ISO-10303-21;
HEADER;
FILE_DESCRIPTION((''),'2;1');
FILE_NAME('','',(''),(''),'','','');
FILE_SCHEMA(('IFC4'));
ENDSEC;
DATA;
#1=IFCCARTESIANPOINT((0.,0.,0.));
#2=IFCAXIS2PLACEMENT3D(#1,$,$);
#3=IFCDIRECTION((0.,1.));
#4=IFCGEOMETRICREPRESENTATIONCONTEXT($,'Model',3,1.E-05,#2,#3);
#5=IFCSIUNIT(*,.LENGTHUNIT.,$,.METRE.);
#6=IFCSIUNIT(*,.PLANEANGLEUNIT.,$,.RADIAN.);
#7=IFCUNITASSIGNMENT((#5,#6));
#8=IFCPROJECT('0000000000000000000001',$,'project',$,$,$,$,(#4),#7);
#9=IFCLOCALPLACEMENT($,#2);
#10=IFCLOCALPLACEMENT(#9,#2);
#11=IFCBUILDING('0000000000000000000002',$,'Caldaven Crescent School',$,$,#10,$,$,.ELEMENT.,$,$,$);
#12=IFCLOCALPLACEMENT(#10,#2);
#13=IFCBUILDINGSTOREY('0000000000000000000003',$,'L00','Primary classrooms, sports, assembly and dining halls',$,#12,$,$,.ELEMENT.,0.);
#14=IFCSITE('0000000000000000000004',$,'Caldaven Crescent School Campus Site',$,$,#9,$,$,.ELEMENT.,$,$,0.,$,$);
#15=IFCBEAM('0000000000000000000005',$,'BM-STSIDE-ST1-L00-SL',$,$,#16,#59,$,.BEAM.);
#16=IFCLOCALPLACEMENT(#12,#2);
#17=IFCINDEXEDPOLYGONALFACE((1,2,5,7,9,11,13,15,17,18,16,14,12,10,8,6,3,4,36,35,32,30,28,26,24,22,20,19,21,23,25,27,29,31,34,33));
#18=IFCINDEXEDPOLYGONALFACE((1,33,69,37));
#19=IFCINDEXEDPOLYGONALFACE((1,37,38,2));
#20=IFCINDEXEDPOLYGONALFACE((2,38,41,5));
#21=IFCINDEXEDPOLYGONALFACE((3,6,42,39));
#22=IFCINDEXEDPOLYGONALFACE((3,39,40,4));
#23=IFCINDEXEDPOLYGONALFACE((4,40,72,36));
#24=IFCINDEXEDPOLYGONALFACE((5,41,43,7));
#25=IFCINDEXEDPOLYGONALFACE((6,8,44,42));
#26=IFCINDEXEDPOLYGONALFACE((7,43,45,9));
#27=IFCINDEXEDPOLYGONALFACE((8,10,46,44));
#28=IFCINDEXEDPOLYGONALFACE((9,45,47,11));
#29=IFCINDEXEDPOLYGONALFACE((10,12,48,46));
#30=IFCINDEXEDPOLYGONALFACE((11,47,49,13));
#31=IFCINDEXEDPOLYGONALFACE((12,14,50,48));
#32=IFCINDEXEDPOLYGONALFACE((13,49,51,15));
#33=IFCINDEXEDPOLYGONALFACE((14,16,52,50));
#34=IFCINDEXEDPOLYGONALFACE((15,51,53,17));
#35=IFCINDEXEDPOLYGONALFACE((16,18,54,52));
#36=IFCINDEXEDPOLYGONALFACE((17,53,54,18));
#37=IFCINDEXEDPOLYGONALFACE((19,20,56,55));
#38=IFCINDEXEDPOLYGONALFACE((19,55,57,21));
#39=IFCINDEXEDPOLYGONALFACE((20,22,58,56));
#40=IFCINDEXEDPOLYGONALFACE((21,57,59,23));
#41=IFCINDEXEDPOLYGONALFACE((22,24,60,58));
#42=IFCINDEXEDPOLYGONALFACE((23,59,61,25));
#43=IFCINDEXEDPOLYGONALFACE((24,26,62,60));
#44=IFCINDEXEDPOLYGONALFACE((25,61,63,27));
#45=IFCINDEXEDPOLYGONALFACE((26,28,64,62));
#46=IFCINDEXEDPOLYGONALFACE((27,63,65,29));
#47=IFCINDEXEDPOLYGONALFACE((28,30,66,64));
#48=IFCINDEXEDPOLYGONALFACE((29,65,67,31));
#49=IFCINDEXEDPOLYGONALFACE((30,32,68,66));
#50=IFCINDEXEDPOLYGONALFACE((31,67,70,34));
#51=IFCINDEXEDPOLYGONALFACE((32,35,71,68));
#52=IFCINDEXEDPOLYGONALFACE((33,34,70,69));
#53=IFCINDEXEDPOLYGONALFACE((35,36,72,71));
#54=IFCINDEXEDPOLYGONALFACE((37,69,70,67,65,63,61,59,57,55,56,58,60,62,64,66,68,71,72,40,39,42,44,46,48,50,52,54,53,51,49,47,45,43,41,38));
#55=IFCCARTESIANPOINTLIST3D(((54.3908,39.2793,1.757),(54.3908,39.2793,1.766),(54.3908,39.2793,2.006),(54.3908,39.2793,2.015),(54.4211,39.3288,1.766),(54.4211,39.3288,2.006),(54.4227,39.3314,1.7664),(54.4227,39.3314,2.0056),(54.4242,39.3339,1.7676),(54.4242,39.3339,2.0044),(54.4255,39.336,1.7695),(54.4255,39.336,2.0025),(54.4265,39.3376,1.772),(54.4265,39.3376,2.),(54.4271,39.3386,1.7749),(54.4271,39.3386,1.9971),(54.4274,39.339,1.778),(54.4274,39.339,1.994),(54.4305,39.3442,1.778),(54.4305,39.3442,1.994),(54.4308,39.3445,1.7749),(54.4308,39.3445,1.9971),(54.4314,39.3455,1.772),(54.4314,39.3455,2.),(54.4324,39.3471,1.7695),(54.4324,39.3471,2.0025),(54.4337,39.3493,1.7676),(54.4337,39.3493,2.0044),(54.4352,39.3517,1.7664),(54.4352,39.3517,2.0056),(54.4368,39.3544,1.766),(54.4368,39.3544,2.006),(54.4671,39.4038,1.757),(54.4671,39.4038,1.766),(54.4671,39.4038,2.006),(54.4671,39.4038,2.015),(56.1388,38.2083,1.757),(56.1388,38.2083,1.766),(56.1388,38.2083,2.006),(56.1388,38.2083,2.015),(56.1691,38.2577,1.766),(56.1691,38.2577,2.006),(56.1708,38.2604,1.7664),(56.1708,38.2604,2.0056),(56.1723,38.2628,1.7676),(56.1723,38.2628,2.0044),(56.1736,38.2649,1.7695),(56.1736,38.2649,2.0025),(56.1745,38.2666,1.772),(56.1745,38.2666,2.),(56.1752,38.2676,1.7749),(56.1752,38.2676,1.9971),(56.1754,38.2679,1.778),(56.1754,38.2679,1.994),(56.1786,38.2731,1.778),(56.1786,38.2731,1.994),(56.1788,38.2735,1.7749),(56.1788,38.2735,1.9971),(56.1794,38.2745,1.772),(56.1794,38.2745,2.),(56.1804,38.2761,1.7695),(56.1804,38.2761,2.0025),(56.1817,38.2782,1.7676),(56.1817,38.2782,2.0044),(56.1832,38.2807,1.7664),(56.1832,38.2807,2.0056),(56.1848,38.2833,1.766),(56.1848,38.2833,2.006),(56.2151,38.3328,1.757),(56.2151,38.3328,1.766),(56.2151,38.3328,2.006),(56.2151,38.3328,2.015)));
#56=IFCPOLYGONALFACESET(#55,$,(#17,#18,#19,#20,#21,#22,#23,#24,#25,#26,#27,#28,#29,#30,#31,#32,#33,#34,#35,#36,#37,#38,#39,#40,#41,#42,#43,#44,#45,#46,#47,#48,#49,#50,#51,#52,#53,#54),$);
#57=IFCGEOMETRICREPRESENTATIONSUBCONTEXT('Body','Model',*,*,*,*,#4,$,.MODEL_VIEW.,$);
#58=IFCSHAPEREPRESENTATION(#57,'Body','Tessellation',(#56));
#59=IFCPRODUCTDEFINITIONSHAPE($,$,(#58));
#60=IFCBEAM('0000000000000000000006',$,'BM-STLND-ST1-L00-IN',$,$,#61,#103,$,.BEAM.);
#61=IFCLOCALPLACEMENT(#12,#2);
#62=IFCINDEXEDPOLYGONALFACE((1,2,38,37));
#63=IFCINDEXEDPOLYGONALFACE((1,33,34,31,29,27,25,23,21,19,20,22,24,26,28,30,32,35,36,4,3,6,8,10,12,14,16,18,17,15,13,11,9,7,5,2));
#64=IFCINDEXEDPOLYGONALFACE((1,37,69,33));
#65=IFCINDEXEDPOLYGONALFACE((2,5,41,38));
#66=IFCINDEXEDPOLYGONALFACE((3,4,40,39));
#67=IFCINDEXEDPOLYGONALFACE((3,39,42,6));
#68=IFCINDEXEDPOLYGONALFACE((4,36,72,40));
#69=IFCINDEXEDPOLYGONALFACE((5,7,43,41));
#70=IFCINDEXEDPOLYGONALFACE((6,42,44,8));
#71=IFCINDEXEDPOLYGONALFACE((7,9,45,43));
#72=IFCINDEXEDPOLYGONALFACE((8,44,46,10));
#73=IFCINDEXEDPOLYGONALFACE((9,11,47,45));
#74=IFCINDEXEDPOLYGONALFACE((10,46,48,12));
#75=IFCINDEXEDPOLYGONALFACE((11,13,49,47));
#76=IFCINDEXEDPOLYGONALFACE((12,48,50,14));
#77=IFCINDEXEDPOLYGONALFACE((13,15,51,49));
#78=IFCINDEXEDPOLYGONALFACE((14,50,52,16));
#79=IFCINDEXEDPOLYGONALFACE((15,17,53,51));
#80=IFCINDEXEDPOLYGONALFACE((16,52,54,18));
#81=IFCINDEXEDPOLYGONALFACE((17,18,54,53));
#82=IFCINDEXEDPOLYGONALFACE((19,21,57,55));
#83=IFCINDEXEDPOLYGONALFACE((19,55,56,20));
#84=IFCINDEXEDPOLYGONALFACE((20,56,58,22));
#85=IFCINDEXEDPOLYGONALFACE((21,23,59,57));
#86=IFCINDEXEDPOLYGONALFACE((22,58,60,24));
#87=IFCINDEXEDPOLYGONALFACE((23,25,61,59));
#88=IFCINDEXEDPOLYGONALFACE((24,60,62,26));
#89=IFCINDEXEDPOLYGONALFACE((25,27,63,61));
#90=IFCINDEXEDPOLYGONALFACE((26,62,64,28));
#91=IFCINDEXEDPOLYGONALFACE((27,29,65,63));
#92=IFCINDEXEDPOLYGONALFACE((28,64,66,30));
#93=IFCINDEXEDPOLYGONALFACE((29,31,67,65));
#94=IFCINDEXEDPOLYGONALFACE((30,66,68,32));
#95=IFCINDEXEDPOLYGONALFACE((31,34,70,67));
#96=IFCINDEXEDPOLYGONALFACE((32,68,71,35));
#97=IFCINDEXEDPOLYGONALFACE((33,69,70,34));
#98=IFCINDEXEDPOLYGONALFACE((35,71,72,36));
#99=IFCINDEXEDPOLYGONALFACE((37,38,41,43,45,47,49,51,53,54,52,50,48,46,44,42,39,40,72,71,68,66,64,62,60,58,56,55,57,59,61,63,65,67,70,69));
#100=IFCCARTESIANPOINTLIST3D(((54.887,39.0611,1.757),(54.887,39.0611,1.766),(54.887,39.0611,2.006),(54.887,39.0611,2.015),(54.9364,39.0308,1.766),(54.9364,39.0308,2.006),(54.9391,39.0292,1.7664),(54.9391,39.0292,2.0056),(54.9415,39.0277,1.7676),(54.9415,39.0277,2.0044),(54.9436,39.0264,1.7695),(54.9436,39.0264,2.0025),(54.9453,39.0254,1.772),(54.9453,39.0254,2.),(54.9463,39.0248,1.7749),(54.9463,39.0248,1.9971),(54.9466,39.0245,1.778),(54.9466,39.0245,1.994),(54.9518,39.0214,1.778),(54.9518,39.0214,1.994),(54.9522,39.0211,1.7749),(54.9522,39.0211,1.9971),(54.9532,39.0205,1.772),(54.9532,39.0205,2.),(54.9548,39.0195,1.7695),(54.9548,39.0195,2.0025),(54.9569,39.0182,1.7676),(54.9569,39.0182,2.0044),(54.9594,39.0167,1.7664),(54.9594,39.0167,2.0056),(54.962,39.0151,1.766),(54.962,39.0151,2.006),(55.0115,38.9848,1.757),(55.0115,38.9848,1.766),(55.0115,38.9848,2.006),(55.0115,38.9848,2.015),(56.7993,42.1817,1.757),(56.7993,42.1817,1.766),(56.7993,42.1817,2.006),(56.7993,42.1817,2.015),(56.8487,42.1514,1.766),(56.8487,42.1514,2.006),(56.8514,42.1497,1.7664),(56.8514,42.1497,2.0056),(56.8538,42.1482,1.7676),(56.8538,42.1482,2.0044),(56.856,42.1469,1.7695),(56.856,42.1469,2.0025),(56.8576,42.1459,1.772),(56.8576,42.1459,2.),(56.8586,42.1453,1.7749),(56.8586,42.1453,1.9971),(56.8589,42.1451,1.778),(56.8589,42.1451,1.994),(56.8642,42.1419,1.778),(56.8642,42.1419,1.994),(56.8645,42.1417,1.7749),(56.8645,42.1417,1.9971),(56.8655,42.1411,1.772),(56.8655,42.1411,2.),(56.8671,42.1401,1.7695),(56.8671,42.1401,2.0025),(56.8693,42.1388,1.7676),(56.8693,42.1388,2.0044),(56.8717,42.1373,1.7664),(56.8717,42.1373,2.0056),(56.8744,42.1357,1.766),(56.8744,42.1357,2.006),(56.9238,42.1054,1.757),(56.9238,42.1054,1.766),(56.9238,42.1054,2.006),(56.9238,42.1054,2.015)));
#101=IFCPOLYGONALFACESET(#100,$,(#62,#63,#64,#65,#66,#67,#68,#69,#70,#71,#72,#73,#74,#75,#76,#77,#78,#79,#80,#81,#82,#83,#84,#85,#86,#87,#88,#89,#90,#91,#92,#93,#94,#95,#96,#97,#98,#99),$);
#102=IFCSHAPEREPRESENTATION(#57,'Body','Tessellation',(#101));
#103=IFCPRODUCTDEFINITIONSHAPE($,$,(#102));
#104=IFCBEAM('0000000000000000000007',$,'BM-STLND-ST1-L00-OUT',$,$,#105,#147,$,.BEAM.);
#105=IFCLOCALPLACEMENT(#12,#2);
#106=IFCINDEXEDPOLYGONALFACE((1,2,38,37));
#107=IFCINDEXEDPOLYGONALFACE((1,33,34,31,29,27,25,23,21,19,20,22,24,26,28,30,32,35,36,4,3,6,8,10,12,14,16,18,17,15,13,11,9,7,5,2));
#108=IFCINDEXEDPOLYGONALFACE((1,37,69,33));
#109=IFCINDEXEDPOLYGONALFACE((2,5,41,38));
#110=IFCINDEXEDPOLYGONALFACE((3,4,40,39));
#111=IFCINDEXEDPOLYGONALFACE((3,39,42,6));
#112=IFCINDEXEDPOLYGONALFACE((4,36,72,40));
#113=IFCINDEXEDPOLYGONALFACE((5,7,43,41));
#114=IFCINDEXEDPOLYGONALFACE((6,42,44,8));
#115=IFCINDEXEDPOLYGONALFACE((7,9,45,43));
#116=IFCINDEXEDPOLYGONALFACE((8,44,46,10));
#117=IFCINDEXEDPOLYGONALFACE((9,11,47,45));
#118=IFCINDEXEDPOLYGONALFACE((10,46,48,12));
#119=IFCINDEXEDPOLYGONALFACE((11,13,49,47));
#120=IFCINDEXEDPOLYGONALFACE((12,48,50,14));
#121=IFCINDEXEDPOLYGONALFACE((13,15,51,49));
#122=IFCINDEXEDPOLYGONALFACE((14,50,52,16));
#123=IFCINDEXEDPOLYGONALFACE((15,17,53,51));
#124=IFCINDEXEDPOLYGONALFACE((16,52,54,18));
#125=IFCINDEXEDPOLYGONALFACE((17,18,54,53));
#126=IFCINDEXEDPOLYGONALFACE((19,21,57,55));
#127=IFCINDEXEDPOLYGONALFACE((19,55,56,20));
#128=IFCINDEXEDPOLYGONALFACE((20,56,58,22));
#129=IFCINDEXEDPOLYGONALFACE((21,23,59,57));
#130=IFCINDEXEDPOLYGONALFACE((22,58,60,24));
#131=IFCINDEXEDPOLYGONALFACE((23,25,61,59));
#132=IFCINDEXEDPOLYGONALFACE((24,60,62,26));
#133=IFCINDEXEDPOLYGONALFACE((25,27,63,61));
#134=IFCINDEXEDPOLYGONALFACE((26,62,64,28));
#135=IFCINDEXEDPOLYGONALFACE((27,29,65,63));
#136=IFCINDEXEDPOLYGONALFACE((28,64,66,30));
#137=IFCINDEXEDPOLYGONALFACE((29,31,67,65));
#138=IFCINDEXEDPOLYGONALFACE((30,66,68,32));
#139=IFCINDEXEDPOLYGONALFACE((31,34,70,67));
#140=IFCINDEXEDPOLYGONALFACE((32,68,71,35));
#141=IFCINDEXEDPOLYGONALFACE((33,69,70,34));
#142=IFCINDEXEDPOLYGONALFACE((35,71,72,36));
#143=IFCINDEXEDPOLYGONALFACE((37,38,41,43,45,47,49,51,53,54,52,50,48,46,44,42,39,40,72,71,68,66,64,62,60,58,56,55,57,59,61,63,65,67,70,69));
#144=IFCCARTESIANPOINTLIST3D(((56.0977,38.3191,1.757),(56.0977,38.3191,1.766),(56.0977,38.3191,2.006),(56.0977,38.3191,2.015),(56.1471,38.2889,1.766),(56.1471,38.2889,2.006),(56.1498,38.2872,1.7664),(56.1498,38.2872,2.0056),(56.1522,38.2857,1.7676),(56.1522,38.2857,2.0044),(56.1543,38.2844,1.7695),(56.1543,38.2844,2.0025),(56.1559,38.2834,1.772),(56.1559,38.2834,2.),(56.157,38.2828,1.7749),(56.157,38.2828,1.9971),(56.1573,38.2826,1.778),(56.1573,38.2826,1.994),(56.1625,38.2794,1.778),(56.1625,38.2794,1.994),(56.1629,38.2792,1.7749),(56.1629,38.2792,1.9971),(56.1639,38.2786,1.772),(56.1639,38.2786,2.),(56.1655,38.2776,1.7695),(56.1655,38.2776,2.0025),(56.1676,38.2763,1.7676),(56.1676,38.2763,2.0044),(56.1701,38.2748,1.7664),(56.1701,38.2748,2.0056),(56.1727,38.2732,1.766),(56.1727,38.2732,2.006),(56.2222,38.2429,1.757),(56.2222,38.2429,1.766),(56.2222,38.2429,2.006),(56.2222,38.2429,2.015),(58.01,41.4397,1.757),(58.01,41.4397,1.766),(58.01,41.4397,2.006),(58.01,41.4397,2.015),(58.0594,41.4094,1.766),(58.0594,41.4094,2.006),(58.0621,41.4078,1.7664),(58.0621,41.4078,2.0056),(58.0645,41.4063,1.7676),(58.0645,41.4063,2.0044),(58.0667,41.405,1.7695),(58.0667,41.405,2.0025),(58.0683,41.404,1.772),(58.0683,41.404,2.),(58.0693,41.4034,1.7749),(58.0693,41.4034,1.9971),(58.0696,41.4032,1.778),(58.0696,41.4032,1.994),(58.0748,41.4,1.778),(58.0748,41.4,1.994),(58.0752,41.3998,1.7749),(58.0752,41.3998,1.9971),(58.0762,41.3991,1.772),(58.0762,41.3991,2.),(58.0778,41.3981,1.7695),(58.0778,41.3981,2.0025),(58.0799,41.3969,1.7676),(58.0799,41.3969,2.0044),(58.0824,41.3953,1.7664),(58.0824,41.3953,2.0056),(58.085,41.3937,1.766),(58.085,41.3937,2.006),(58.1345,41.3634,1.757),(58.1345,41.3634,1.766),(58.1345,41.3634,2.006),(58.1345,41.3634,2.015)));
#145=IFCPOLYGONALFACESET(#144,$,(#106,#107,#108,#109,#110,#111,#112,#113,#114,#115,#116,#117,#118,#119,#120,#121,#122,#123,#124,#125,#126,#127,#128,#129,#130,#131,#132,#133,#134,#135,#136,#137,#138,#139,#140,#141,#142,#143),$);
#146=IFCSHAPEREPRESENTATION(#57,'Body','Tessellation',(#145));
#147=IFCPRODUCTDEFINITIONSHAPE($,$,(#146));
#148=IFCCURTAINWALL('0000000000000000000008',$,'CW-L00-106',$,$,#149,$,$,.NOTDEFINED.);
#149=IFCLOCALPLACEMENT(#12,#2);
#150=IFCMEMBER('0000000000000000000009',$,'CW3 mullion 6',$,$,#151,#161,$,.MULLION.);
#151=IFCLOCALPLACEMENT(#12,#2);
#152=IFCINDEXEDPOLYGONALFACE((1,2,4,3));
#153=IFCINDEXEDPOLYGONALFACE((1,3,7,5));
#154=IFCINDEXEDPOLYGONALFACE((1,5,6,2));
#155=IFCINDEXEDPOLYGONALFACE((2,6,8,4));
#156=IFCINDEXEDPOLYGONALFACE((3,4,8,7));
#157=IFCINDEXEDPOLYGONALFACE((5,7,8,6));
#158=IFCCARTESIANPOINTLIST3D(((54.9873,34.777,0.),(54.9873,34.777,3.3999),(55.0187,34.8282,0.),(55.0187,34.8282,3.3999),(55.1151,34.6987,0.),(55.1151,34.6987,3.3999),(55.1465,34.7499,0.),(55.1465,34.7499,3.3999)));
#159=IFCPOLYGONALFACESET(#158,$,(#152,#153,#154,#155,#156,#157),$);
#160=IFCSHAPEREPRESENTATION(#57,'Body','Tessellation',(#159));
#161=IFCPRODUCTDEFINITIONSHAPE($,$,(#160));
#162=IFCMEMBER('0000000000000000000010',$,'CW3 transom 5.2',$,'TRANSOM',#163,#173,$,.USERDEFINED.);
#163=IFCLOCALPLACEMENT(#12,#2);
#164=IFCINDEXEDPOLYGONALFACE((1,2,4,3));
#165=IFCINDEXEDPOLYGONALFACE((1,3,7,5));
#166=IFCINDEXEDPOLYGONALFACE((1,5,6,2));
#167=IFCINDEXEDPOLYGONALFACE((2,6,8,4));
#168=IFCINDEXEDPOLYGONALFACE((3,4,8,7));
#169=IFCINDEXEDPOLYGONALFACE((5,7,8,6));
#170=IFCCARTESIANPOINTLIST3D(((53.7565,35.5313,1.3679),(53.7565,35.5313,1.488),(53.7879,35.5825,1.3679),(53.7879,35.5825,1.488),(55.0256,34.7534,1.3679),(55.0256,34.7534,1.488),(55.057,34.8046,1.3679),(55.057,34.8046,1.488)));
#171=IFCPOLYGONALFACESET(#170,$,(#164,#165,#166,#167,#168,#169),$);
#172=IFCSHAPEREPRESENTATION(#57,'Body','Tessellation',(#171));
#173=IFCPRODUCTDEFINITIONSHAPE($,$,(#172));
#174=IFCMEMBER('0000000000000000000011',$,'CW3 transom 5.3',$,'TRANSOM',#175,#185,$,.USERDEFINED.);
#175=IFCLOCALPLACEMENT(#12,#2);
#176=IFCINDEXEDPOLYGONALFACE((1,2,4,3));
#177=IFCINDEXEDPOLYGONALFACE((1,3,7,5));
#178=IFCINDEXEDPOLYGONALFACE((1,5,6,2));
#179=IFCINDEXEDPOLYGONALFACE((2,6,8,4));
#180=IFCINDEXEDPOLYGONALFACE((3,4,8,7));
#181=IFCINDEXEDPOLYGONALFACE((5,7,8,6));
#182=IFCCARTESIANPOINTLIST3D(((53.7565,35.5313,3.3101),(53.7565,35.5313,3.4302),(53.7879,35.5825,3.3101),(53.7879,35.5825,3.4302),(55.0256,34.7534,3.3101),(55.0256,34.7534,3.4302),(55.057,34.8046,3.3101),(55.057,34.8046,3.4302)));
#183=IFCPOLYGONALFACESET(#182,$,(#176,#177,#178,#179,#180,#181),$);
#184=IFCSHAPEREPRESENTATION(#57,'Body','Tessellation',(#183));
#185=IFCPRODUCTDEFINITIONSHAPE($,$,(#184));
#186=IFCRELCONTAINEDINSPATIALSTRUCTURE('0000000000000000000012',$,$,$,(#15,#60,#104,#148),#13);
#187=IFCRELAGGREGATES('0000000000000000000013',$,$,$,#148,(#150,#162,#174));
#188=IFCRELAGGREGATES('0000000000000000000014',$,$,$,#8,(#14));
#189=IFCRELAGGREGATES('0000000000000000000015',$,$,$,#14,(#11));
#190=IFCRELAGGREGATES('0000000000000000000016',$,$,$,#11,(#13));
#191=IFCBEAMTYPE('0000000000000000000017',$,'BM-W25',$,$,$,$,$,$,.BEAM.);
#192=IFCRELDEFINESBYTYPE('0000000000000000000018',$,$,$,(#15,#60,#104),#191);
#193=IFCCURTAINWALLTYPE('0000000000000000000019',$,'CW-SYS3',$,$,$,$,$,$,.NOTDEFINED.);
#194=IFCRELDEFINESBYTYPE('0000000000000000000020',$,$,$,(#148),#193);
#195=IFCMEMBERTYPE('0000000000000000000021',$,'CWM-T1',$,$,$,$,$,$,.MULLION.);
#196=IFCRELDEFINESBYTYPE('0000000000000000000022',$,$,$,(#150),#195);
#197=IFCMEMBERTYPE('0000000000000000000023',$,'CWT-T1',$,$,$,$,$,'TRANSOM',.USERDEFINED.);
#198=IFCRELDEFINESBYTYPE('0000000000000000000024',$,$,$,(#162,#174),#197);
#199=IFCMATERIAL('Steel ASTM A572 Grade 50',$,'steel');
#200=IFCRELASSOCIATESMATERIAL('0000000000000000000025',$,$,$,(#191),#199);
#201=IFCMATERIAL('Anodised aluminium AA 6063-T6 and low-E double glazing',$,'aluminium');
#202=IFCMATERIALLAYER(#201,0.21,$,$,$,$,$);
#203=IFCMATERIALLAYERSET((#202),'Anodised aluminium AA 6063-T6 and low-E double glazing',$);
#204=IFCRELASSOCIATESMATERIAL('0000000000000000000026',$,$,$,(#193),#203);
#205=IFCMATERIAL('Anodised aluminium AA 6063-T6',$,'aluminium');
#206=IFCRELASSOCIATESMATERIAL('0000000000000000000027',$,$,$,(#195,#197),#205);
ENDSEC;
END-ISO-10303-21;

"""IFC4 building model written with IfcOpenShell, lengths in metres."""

from ifc_helpers import new_model, si_unit, direction, frame, origin, origin_2d, place, context, subcontext, project, spatial, rectangle, i_section, extrude, material, layer, layer_set, material_profile, profile_set, type_object, element, aggregate, save


model = new_model("IFC4")

# Units and contexts
model_context = context("Model", 3, precision=1e-05, world=origin(), true_north=direction((0.0, 1.0)))
body_context = subcontext(model_context, "Body", "Model", "MODEL_VIEW")
ifc_project = project(units=[si_unit("LENGTHUNIT", "METRE"), si_unit("PLANEANGLEUNIT", "RADIAN")], contexts=[model_context])

# Site, building, storey
site_placement = place(None, origin())
site = spatial("IfcSite", under=ifc_project, at=site_placement, Name="Caldaven Crescent School Campus Site", CompositionType="ELEMENT", RefElevation=0.0)
building_placement = place(site_placement, origin())
building = spatial("IfcBuilding", under=site, at=building_placement, Name="Caldaven Crescent School", CompositionType="ELEMENT")
storey_placement = place(building_placement, origin())
storey = spatial("IfcBuildingStorey", under=building, at=storey_placement, Name="L00", Description="Primary classrooms, sports, assembly and dining halls", CompositionType="ELEMENT", Elevation=0.0)

# Shared definitions
ifc_material_1 = material(Name="Steel ASTM A572 Grade 50", Category="steel")

# Beams
ifc_material_profile_1 = material_profile(ifc_material_1, i_section(OverallWidth=0.146, OverallDepth=0.2581, WebThickness=0.0061, FlangeThickness=0.009, FilletRadius=0.012, at=origin_2d()), Name="W250x33")
ifc_profile_set_1 = profile_set([ifc_material_profile_1], Name="Steel ASTM A572 Grade 50")
beam_type_1 = type_object("IfcBeamType", Name="BM-W25", PredefinedType="BEAM", material=ifc_profile_set_1)
beam_1_placement = place(storey_placement, frame((54.429, 39.3416, 1.886), z_axis=(0.852675, -0.522442, 0.0), x_axis=(0.522442, 0.852675, 0.0)))
element("IfcBeam", 1, at=beam_1_placement, inside=storey, type_object=beam_type_1, Name="BM-STSIDE-ST1-L00-SL", PredefinedType="BEAM", context=body_context, shape_type="SweptSolid", body=[
    extrude(i_section(OverallWidth=0.146, OverallDepth=0.2581, WebThickness=0.0061, FlangeThickness=0.009, FilletRadius=0.012, at=origin_2d()), origin(), (0.0, 0.0, 1.0), 2.05),
])
for number, where, z_axis, x_axis, name in (
    (2, (54.9492, 39.0229, 1.886), (0.522507, 0.852635, 0.0), (-0.852635, 0.522507, 0.0), "BM-STLND-ST1-L00-IN"),
    (3, (56.1599, 38.281, 1.886), (0.522507, 0.852635, 0.0), (-0.852635, 0.522507, 0.0), "BM-STLND-ST1-L00-OUT"),
):
    element("IfcBeam", number, at=place(storey_placement, frame(where, z_axis=z_axis, x_axis=x_axis)), inside=storey, type_object=beam_type_1, Name=name, PredefinedType="BEAM", context=body_context, shape_type="SweptSolid", body=[
        extrude(i_section(OverallWidth=0.146, OverallDepth=0.2581, WebThickness=0.0061, FlangeThickness=0.009, FilletRadius=0.012, at=origin_2d()), origin(), (0.0, 0.0, 1.0), 3.6599),
    ])

# Curtain wall, members
ifc_material_2 = material(Name="Anodised aluminium AA 6063-T6 and low-E double glazing", Category="aluminium")
ifc_layer_1 = layer(ifc_material_2, 0.21)
ifc_layer_set_1 = layer_set([ifc_layer_1], Name="Anodised aluminium AA 6063-T6 and low-E double glazing")
curtain_wall_type = type_object("IfcCurtainWallType", Name="CW-SYS3", PredefinedType="NOTDEFINED", material=ifc_layer_set_1)
curtain_wall_placement = place(storey_placement, origin())
curtain_wall = element("IfcCurtainWall", 4, at=curtain_wall_placement, inside=storey, type_object=curtain_wall_type, Name="CW-L00-106", PredefinedType="NOTDEFINED")
ifc_material_3 = material(Name="Anodised aluminium AA 6063-T6", Category="aluminium")
ifc_material_profile_2 = material_profile(ifc_material_3, rectangle(XDim=0.0601, YDim=0.1499, at=origin_2d()), Name="CWM 60x150")
ifc_profile_set_2 = profile_set([ifc_material_profile_2], Name="Anodised aluminium AA 6063-T6")
member_type_1 = type_object("IfcMemberType", Name="CWM-T1", PredefinedType="MULLION", material=ifc_profile_set_2)
member_1_placement = place(storey_placement, frame((55.0669, 34.7634, 0.0), z_axis=(0.0, 0.0, 1.0), x_axis=(0.522499, 0.85264, 0.0)))
member_1 = element("IfcMember", 5, at=member_1_placement, type_object=member_type_1, Name="CW3 mullion 6", PredefinedType="MULLION", context=body_context, shape_type="SweptSolid", body=[
    extrude(rectangle(XDim=0.0601, YDim=0.1499, at=origin_2d()), origin(), (0.0, 0.0, 1.0), 3.3999),
])
ifc_material_profile_3 = material_profile(ifc_material_3, rectangle(XDim=0.0601, YDim=0.1201, at=origin_2d()), Name="CWT 60x120")
ifc_profile_set_3 = profile_set([ifc_material_profile_3], Name="Anodised aluminium AA 6063-T6")
member_type_2 = type_object("IfcMemberType", Name="CWT-T1", ElementType="TRANSOM", PredefinedType="USERDEFINED", material=ifc_profile_set_3)
member_2_placement = place(storey_placement, frame((53.7722, 35.5569, 1.428), z_axis=(0.852592, -0.522577, 0.0), x_axis=(0.522577, 0.852592, 0.0)))
member_2 = element("IfcMember", 6, at=member_2_placement, type_object=member_type_2, Name="CW3 transom 5.2", ObjectType="TRANSOM", PredefinedType="USERDEFINED", context=body_context, shape_type="SweptSolid", body=[
    extrude(rectangle(XDim=0.0601, YDim=0.1201, at=origin_2d()), origin(), (0.0, 0.0, 1.0), 1.4885),
])
member_3_placement = place(storey_placement, frame((53.7722, 35.5569, 3.3701), z_axis=(0.852592, -0.522577, 0.0), x_axis=(0.522577, 0.852592, 0.0)))
member_3 = element("IfcMember", 7, at=member_3_placement, type_object=member_type_2, Name="CW3 transom 5.3", ObjectType="TRANSOM", PredefinedType="USERDEFINED", context=body_context, shape_type="SweptSolid", body=[
    extrude(rectangle(XDim=0.0601, YDim=0.1201, at=origin_2d()), origin(), (0.0, 0.0, 1.0), 1.4885),
])

aggregate(curtain_wall, [member_1, member_2, member_3])

save(model, "model.ifc")
